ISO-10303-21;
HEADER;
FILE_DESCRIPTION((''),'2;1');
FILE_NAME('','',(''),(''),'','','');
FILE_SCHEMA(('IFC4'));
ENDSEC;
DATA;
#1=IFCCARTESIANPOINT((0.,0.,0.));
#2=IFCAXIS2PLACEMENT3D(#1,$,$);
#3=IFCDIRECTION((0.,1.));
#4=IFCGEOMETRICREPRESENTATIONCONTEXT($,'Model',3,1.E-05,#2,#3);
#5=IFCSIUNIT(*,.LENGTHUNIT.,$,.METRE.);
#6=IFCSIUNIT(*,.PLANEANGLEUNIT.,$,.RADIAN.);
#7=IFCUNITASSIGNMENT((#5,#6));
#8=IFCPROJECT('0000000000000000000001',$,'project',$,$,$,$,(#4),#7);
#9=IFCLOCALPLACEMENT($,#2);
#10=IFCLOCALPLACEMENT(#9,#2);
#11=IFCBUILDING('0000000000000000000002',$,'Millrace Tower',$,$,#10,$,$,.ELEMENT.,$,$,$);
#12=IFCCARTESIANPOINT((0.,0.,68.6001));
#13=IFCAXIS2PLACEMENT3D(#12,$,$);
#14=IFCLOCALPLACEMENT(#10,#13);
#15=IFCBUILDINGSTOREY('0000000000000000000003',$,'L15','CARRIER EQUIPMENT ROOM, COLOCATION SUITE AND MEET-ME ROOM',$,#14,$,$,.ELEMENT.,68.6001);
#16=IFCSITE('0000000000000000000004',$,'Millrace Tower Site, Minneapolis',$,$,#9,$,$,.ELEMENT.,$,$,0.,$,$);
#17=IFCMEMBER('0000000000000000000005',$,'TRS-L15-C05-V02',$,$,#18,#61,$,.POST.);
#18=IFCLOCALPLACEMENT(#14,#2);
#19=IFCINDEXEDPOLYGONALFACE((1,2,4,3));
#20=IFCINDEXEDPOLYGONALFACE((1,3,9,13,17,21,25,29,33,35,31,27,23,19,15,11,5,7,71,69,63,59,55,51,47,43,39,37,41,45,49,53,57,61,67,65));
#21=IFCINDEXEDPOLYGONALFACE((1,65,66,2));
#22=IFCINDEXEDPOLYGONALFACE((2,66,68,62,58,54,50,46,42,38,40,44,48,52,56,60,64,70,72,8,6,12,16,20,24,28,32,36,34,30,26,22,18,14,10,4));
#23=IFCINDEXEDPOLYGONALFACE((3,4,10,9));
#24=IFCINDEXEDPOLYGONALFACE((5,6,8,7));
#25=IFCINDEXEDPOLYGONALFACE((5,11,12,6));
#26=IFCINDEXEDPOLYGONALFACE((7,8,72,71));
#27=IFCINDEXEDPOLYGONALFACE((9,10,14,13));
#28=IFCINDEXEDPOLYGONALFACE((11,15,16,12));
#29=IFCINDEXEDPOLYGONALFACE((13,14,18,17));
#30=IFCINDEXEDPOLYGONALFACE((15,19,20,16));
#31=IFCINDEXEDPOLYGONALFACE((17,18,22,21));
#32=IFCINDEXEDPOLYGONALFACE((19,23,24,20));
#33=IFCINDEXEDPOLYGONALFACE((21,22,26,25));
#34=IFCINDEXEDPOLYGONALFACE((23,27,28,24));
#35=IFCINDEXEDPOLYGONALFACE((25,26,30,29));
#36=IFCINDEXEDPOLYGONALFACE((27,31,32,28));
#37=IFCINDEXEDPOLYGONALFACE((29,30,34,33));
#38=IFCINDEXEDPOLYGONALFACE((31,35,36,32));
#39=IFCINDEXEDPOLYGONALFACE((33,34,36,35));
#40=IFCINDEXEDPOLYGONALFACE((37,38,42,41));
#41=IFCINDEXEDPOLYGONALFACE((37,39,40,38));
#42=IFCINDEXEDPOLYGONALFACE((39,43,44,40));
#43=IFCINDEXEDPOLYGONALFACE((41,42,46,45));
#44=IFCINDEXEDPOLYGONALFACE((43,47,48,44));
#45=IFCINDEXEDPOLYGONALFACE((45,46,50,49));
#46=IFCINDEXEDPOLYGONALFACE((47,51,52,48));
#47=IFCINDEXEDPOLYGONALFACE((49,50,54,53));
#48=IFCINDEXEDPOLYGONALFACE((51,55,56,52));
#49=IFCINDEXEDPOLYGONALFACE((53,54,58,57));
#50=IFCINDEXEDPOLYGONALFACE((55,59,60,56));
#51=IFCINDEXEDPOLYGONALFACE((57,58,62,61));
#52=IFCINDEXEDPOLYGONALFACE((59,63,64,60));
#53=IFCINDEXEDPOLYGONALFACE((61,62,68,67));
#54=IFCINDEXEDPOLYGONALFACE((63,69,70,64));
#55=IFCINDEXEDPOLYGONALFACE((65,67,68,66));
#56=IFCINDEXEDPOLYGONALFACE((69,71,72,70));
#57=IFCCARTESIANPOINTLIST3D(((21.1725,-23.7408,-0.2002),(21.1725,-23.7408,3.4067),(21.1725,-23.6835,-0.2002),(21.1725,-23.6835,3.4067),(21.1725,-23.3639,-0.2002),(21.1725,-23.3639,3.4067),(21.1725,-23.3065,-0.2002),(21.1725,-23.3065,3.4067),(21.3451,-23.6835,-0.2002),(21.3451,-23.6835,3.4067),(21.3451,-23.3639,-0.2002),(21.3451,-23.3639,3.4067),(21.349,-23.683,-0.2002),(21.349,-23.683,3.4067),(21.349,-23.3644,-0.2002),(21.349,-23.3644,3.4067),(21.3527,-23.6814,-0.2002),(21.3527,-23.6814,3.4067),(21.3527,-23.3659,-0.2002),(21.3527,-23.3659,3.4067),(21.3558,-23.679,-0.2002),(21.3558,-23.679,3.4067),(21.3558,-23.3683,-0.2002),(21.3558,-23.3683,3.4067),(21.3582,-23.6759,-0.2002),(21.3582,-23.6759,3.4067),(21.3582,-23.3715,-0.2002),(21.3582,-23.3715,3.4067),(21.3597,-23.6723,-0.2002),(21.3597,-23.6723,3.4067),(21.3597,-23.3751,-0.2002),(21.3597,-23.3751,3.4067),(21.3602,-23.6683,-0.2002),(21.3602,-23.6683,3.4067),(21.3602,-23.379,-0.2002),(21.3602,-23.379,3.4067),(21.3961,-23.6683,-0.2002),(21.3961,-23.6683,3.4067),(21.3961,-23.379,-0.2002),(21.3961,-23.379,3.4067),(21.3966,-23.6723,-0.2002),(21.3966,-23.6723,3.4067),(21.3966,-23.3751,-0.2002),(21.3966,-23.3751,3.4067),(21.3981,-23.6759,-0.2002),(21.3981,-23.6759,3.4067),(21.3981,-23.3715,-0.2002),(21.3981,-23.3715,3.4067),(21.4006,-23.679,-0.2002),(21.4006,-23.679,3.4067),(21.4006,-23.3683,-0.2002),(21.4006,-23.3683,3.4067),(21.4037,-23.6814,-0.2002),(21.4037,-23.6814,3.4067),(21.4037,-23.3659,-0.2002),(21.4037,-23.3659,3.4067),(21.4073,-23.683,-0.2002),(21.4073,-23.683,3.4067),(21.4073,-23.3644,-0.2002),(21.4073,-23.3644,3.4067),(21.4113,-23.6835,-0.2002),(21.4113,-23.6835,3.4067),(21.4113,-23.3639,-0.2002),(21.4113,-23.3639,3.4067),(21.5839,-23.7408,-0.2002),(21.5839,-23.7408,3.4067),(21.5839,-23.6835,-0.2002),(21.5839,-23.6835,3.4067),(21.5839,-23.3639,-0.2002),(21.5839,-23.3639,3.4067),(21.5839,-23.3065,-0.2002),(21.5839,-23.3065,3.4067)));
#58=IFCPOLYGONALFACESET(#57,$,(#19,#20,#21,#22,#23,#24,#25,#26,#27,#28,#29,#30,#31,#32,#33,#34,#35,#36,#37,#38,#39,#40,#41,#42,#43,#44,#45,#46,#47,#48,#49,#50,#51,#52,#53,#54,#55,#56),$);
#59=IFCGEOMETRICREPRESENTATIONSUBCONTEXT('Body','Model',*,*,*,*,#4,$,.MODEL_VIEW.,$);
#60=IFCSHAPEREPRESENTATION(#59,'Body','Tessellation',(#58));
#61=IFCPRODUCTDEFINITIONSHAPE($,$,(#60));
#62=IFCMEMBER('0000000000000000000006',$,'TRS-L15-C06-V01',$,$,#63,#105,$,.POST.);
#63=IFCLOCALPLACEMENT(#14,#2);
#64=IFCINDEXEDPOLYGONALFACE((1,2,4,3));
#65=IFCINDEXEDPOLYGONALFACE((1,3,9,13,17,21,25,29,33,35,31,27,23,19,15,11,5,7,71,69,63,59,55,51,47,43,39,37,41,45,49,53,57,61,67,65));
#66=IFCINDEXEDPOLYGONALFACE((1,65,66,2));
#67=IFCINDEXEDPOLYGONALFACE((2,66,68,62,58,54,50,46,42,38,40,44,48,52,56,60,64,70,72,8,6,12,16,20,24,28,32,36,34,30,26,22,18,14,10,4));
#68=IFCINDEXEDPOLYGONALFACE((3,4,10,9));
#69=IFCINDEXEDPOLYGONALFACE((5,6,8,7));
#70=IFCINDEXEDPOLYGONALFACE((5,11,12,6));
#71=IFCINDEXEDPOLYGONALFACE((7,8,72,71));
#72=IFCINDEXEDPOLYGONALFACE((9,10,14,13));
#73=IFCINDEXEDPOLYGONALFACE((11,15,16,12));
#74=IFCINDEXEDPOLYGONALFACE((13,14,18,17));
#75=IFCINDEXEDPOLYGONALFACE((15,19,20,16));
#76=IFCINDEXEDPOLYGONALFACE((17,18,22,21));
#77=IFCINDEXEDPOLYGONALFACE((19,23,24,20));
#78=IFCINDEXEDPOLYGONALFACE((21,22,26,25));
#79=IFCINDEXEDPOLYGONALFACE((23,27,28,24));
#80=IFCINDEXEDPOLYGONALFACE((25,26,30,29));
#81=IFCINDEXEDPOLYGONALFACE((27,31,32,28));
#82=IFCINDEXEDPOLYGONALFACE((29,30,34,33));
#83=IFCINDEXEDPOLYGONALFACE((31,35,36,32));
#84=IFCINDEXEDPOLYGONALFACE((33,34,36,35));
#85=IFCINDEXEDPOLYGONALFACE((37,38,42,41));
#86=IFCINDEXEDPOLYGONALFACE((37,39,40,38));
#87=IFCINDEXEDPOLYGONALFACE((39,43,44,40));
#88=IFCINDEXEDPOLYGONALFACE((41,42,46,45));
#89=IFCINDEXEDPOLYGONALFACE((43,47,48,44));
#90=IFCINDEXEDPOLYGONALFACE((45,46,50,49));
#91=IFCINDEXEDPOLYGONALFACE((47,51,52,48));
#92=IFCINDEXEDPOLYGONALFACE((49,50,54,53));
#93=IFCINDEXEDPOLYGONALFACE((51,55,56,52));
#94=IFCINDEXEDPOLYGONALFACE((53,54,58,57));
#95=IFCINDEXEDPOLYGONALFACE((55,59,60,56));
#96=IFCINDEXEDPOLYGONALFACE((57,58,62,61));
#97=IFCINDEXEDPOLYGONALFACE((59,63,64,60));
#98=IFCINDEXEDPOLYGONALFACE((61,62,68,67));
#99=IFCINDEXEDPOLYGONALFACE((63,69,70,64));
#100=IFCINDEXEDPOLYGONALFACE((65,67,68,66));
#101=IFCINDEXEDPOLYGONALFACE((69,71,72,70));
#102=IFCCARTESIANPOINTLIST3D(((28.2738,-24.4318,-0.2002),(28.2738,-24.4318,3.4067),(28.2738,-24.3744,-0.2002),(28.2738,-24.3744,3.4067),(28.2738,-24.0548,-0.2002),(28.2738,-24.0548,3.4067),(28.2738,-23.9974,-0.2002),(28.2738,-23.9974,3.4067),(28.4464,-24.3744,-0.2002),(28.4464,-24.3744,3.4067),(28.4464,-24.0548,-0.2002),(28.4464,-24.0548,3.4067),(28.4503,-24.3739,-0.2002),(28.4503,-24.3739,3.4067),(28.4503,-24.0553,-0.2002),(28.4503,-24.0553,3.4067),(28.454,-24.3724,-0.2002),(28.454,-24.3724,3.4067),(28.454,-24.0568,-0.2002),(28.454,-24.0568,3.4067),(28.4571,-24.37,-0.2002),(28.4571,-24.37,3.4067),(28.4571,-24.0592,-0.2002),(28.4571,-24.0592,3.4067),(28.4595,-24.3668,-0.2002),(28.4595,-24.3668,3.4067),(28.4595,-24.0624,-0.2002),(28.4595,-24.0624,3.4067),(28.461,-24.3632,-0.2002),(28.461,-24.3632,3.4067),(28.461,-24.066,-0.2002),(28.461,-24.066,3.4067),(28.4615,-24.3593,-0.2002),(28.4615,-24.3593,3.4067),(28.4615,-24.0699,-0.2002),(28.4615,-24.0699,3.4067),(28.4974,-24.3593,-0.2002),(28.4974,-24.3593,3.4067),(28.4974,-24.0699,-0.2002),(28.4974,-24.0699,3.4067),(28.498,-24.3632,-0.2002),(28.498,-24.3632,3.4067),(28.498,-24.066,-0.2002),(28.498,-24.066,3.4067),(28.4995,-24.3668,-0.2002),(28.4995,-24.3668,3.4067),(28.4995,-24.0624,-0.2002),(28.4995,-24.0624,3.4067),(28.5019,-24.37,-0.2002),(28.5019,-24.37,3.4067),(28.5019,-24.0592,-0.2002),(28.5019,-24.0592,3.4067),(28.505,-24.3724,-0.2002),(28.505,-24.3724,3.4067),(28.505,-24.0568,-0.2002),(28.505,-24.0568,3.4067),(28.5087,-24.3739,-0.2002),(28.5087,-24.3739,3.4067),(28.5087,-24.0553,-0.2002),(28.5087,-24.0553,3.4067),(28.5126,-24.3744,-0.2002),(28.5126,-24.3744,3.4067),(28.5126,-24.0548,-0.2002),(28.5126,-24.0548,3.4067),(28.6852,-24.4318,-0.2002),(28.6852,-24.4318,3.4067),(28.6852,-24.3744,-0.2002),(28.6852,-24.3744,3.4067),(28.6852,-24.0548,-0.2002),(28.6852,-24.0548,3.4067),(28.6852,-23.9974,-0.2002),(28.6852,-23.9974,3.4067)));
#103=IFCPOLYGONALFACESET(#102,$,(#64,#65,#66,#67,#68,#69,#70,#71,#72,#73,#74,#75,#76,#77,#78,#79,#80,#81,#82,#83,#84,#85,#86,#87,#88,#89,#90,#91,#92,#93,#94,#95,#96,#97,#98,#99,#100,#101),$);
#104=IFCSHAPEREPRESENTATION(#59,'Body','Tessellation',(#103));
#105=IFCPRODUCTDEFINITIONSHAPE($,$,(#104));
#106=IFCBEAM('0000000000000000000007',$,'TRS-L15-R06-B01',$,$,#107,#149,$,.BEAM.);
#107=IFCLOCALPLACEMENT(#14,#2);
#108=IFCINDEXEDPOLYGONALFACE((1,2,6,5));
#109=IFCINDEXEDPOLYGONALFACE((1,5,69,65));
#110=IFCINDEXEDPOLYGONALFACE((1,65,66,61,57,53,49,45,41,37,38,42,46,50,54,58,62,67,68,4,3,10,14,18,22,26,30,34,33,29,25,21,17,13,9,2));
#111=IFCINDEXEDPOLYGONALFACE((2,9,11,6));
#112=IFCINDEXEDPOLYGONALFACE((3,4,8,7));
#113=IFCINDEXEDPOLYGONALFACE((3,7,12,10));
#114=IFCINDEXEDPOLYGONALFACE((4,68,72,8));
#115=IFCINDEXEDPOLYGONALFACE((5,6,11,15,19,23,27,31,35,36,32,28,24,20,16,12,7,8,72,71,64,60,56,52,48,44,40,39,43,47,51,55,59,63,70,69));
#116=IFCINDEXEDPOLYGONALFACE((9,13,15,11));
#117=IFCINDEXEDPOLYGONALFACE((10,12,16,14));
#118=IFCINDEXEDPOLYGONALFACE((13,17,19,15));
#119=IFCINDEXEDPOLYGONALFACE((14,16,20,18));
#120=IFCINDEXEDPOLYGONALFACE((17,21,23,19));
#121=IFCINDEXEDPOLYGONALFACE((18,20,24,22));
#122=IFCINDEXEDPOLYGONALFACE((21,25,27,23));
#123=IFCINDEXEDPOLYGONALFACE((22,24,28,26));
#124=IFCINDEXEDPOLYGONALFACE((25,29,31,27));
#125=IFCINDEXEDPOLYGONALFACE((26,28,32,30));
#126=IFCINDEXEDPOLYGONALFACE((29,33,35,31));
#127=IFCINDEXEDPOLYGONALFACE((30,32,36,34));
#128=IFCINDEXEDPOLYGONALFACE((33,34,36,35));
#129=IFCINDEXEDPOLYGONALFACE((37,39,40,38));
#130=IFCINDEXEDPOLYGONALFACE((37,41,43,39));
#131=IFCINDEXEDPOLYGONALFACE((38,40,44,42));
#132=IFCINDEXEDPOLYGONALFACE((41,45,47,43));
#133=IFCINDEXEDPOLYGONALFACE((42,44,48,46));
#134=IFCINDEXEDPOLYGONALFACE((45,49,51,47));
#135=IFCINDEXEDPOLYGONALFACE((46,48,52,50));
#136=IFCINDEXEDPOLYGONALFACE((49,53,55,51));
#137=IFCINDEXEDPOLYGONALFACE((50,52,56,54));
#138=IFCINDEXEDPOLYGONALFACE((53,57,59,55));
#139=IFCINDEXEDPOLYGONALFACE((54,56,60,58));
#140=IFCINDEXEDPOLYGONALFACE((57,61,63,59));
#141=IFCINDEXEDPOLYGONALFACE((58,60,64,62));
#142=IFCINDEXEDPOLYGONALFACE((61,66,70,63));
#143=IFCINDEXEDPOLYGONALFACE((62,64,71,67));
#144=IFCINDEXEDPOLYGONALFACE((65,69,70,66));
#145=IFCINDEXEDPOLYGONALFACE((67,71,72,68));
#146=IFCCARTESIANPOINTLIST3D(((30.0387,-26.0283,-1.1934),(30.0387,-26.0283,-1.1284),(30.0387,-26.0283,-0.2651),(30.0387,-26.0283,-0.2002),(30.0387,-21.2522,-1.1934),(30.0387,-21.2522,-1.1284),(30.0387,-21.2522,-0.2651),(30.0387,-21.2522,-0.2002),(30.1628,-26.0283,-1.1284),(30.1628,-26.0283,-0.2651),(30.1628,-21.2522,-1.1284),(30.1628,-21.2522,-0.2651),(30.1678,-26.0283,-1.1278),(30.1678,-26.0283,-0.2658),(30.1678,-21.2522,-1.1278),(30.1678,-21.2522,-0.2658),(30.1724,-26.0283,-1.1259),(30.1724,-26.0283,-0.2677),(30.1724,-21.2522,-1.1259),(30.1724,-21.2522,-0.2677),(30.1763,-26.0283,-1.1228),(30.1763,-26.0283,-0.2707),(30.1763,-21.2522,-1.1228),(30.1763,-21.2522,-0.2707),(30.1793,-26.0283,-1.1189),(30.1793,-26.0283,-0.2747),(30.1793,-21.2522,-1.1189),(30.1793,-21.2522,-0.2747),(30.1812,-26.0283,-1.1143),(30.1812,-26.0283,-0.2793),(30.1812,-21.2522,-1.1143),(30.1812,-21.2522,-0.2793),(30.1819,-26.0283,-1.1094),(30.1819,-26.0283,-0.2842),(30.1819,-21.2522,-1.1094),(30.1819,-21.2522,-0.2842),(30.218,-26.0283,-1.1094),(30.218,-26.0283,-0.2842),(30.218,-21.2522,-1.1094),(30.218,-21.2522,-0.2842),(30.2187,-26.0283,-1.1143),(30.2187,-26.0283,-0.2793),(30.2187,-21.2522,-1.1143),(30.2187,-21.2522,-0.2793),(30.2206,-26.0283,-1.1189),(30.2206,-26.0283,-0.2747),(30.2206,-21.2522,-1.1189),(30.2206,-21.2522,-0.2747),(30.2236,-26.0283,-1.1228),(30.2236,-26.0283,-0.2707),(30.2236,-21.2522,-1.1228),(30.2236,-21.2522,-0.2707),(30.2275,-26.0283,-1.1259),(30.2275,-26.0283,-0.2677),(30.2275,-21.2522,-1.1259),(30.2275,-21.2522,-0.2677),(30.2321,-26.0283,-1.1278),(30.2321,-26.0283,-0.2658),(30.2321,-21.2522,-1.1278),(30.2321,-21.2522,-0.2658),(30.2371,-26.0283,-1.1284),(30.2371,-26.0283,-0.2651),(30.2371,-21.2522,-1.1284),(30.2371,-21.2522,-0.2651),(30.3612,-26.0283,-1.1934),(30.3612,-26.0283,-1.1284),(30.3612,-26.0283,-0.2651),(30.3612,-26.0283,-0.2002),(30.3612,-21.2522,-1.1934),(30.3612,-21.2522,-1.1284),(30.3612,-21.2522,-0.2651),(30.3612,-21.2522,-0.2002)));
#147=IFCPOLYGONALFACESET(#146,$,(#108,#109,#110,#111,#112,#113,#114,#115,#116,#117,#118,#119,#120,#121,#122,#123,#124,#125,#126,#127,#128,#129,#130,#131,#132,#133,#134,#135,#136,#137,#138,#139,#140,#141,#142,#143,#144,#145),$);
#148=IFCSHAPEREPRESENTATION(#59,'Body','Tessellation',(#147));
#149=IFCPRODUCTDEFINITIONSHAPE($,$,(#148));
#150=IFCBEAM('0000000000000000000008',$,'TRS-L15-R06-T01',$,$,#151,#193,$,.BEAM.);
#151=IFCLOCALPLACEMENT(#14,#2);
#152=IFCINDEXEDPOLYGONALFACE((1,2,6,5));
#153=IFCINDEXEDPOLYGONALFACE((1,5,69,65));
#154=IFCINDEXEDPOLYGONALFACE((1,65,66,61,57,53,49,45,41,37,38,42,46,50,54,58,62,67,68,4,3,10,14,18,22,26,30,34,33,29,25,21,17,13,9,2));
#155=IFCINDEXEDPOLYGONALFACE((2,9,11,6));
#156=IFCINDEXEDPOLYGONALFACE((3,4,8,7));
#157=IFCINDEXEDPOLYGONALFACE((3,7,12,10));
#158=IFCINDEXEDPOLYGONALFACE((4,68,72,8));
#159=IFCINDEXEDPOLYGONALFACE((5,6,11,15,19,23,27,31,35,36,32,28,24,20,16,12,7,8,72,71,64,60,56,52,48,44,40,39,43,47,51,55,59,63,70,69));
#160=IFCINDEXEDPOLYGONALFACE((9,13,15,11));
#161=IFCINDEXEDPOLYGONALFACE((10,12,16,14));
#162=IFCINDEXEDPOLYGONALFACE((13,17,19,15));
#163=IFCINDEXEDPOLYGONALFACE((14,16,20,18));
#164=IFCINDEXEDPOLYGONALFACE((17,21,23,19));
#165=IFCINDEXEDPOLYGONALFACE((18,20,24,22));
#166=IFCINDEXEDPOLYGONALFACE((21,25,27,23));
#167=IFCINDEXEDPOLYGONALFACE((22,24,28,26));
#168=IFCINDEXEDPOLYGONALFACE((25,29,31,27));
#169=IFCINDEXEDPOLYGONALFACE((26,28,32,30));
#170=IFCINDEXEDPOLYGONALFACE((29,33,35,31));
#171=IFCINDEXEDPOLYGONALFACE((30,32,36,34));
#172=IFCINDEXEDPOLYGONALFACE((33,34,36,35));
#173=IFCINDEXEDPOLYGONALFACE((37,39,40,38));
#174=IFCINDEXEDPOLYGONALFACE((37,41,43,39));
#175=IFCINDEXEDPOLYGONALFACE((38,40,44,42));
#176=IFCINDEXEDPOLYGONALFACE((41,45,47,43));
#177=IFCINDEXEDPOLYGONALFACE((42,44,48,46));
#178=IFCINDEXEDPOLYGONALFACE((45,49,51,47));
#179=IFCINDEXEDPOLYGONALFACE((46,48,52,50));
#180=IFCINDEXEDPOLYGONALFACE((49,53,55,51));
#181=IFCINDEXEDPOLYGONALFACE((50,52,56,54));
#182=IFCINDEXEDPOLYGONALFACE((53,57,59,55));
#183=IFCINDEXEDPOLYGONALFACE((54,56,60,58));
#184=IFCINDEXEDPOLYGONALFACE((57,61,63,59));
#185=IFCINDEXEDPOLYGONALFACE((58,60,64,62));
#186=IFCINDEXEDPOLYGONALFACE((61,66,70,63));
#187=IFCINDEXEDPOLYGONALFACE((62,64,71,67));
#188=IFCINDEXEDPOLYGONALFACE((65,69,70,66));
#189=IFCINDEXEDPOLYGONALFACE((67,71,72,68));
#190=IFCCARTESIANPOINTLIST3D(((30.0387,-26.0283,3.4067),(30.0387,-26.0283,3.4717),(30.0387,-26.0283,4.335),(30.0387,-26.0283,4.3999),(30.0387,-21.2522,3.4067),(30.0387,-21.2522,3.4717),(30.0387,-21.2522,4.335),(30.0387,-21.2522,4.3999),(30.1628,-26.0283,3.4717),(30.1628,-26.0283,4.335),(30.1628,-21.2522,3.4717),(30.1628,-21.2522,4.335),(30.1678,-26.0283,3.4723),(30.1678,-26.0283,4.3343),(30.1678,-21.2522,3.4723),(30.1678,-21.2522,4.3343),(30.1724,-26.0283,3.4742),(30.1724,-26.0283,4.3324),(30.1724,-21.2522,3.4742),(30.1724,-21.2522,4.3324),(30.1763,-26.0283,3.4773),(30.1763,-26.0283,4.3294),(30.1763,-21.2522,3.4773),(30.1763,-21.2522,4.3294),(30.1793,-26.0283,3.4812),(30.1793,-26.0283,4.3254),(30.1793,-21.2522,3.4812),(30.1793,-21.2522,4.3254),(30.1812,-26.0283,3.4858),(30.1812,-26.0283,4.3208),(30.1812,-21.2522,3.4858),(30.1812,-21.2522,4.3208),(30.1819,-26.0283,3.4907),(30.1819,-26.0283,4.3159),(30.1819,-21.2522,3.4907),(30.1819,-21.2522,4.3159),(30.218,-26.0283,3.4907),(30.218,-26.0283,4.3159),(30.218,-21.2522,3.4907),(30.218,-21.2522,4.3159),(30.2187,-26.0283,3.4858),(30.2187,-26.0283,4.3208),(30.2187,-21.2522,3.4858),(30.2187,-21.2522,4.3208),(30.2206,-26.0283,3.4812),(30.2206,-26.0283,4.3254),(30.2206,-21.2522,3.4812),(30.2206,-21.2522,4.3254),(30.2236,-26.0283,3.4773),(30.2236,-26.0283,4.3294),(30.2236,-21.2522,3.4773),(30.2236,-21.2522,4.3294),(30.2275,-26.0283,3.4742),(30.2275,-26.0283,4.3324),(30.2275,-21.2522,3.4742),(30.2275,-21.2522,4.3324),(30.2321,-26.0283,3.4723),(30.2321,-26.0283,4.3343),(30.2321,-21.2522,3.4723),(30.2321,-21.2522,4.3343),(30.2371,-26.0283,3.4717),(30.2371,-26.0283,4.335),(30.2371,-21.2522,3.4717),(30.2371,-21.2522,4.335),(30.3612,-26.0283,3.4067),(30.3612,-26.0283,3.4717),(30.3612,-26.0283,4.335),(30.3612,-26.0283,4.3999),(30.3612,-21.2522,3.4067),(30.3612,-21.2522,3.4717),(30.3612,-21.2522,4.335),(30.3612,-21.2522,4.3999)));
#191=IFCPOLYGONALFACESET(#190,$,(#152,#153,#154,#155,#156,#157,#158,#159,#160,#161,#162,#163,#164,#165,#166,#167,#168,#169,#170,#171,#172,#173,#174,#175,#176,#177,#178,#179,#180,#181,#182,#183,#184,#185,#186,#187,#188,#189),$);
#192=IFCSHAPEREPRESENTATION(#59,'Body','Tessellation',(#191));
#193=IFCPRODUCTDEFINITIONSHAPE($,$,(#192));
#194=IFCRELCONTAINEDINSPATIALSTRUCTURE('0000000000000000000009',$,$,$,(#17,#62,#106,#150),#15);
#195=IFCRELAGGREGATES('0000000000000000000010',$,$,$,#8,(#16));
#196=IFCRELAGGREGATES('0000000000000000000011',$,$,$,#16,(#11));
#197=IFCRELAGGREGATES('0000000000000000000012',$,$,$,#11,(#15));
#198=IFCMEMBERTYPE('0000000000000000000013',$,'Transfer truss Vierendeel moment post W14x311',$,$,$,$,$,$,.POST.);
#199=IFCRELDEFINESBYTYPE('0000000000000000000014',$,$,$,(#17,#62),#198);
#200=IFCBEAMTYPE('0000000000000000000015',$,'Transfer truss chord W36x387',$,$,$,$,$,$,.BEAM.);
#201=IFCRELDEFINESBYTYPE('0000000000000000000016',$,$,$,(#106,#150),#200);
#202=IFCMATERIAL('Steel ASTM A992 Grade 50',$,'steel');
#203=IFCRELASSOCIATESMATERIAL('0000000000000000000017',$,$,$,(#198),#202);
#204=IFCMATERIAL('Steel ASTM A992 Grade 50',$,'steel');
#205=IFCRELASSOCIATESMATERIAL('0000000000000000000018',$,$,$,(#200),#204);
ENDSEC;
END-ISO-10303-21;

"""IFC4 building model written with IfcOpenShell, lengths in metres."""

from ifc_helpers import new_model, si_unit, direction, frame, origin, origin_2d, place, context, subcontext, project, spatial, i_section, extrude, material, material_profile, profile_set, type_object, element, save


model = new_model("IFC4")

# Units and contexts
model_context = context("Model", 3, precision=1e-05, world=origin(), true_north=direction((0.0, 1.0)))
body_context = subcontext(model_context, "Body", "Model", "MODEL_VIEW")
ifc_project = project(units=[si_unit("LENGTHUNIT", "METRE"), si_unit("PLANEANGLEUNIT", "RADIAN")], contexts=[model_context])

# Site, building, storey
site_placement = place(None, origin())
site = spatial("IfcSite", under=ifc_project, at=site_placement, Name="Millrace Tower Site, Minneapolis", CompositionType="ELEMENT", RefElevation=0.0)
building_placement = place(site_placement, origin())
building = spatial("IfcBuilding", under=site, at=building_placement, Name="Millrace Tower", CompositionType="ELEMENT")
storey_placement = place(building_placement, frame((0.0, 0.0, 68.6001)))
storey = spatial("IfcBuildingStorey", under=building, at=storey_placement, Name="L15", Description="CARRIER EQUIPMENT ROOM, COLOCATION SUITE AND MEET-ME ROOM", CompositionType="ELEMENT", Elevation=68.6001)

# Members
ifc_material_1 = material(Name="Steel ASTM A992 Grade 50", Category="steel")
ifc_material_profile_1 = material_profile(ifc_material_1, i_section(OverallWidth=0.4114, OverallDepth=0.4343, WebThickness=0.0359, FlangeThickness=0.0574, FilletRadius=0.0151, at=origin_2d()))
ifc_profile_set_1 = profile_set([ifc_material_profile_1], Name="Steel ASTM A992 Grade 50")
member_type_1 = type_object("IfcMemberType", Name="Transfer truss Vierendeel moment post W14x311", PredefinedType="POST", material=ifc_profile_set_1)
for number, where, z_axis, x_axis, name in (
    (1, (21.3782, -23.5237, -0.2002), (0.0, 0.0, 1.0), (1.0, 0.0, 0.0), "TRS-L15-C05-V02"),
    (2, (28.4795, -24.2146, -0.2002), (0.0, 0.0, 1.0), (1.0, 0.0, 0.0), "TRS-L15-C06-V01"),
):
    element("IfcMember", number, at=place(storey_placement, frame(where, z_axis=z_axis, x_axis=x_axis)), inside=storey, type_object=member_type_1, Name=name, PredefinedType="POST", context=body_context, shape_type="SweptSolid", body=[
        extrude(i_section(OverallWidth=0.4114, OverallDepth=0.4343, WebThickness=0.0359, FlangeThickness=0.0574, FilletRadius=0.0151, at=origin_2d()), origin(), (0.0, 0.0, 1.0), 3.6069),
    ])

# Beams
ifc_material_2 = material(Name="Steel ASTM A992 Grade 50", Category="steel")
ifc_material_profile_2 = material_profile(ifc_material_2, i_section(OverallWidth=0.3225, OverallDepth=0.9932, WebThickness=0.0361, FlangeThickness=0.0649, FilletRadius=0.019, at=origin_2d()))
ifc_profile_set_2 = profile_set([ifc_material_profile_2], Name="Steel ASTM A992 Grade 50")
beam_type_1 = type_object("IfcBeamType", Name="Transfer truss chord W36x387", PredefinedType="BEAM", material=ifc_profile_set_2)
for number, where, z_axis, x_axis, name in (
    (3, (30.2, -26.0283, -0.6968), (0.0, 1.0, 0.0), (-1.0, 0.0, 0.0), "TRS-L15-R06-B01"),
    (4, (30.2, -26.0283, 3.9033), (0.0, 1.0, 0.0), (-1.0, 0.0, 0.0), "TRS-L15-R06-T01"),
):
    element("IfcBeam", number, at=place(storey_placement, frame(where, z_axis=z_axis, x_axis=x_axis)), inside=storey, type_object=beam_type_1, Name=name, PredefinedType="BEAM", context=body_context, shape_type="SweptSolid", body=[
        extrude(i_section(OverallWidth=0.3225, OverallDepth=0.9932, WebThickness=0.0361, FlangeThickness=0.0649, FilletRadius=0.019, at=origin_2d()), origin(), (0.0, 0.0, 1.0), 4.7761),
    ])

save(model, "model.ifc")
